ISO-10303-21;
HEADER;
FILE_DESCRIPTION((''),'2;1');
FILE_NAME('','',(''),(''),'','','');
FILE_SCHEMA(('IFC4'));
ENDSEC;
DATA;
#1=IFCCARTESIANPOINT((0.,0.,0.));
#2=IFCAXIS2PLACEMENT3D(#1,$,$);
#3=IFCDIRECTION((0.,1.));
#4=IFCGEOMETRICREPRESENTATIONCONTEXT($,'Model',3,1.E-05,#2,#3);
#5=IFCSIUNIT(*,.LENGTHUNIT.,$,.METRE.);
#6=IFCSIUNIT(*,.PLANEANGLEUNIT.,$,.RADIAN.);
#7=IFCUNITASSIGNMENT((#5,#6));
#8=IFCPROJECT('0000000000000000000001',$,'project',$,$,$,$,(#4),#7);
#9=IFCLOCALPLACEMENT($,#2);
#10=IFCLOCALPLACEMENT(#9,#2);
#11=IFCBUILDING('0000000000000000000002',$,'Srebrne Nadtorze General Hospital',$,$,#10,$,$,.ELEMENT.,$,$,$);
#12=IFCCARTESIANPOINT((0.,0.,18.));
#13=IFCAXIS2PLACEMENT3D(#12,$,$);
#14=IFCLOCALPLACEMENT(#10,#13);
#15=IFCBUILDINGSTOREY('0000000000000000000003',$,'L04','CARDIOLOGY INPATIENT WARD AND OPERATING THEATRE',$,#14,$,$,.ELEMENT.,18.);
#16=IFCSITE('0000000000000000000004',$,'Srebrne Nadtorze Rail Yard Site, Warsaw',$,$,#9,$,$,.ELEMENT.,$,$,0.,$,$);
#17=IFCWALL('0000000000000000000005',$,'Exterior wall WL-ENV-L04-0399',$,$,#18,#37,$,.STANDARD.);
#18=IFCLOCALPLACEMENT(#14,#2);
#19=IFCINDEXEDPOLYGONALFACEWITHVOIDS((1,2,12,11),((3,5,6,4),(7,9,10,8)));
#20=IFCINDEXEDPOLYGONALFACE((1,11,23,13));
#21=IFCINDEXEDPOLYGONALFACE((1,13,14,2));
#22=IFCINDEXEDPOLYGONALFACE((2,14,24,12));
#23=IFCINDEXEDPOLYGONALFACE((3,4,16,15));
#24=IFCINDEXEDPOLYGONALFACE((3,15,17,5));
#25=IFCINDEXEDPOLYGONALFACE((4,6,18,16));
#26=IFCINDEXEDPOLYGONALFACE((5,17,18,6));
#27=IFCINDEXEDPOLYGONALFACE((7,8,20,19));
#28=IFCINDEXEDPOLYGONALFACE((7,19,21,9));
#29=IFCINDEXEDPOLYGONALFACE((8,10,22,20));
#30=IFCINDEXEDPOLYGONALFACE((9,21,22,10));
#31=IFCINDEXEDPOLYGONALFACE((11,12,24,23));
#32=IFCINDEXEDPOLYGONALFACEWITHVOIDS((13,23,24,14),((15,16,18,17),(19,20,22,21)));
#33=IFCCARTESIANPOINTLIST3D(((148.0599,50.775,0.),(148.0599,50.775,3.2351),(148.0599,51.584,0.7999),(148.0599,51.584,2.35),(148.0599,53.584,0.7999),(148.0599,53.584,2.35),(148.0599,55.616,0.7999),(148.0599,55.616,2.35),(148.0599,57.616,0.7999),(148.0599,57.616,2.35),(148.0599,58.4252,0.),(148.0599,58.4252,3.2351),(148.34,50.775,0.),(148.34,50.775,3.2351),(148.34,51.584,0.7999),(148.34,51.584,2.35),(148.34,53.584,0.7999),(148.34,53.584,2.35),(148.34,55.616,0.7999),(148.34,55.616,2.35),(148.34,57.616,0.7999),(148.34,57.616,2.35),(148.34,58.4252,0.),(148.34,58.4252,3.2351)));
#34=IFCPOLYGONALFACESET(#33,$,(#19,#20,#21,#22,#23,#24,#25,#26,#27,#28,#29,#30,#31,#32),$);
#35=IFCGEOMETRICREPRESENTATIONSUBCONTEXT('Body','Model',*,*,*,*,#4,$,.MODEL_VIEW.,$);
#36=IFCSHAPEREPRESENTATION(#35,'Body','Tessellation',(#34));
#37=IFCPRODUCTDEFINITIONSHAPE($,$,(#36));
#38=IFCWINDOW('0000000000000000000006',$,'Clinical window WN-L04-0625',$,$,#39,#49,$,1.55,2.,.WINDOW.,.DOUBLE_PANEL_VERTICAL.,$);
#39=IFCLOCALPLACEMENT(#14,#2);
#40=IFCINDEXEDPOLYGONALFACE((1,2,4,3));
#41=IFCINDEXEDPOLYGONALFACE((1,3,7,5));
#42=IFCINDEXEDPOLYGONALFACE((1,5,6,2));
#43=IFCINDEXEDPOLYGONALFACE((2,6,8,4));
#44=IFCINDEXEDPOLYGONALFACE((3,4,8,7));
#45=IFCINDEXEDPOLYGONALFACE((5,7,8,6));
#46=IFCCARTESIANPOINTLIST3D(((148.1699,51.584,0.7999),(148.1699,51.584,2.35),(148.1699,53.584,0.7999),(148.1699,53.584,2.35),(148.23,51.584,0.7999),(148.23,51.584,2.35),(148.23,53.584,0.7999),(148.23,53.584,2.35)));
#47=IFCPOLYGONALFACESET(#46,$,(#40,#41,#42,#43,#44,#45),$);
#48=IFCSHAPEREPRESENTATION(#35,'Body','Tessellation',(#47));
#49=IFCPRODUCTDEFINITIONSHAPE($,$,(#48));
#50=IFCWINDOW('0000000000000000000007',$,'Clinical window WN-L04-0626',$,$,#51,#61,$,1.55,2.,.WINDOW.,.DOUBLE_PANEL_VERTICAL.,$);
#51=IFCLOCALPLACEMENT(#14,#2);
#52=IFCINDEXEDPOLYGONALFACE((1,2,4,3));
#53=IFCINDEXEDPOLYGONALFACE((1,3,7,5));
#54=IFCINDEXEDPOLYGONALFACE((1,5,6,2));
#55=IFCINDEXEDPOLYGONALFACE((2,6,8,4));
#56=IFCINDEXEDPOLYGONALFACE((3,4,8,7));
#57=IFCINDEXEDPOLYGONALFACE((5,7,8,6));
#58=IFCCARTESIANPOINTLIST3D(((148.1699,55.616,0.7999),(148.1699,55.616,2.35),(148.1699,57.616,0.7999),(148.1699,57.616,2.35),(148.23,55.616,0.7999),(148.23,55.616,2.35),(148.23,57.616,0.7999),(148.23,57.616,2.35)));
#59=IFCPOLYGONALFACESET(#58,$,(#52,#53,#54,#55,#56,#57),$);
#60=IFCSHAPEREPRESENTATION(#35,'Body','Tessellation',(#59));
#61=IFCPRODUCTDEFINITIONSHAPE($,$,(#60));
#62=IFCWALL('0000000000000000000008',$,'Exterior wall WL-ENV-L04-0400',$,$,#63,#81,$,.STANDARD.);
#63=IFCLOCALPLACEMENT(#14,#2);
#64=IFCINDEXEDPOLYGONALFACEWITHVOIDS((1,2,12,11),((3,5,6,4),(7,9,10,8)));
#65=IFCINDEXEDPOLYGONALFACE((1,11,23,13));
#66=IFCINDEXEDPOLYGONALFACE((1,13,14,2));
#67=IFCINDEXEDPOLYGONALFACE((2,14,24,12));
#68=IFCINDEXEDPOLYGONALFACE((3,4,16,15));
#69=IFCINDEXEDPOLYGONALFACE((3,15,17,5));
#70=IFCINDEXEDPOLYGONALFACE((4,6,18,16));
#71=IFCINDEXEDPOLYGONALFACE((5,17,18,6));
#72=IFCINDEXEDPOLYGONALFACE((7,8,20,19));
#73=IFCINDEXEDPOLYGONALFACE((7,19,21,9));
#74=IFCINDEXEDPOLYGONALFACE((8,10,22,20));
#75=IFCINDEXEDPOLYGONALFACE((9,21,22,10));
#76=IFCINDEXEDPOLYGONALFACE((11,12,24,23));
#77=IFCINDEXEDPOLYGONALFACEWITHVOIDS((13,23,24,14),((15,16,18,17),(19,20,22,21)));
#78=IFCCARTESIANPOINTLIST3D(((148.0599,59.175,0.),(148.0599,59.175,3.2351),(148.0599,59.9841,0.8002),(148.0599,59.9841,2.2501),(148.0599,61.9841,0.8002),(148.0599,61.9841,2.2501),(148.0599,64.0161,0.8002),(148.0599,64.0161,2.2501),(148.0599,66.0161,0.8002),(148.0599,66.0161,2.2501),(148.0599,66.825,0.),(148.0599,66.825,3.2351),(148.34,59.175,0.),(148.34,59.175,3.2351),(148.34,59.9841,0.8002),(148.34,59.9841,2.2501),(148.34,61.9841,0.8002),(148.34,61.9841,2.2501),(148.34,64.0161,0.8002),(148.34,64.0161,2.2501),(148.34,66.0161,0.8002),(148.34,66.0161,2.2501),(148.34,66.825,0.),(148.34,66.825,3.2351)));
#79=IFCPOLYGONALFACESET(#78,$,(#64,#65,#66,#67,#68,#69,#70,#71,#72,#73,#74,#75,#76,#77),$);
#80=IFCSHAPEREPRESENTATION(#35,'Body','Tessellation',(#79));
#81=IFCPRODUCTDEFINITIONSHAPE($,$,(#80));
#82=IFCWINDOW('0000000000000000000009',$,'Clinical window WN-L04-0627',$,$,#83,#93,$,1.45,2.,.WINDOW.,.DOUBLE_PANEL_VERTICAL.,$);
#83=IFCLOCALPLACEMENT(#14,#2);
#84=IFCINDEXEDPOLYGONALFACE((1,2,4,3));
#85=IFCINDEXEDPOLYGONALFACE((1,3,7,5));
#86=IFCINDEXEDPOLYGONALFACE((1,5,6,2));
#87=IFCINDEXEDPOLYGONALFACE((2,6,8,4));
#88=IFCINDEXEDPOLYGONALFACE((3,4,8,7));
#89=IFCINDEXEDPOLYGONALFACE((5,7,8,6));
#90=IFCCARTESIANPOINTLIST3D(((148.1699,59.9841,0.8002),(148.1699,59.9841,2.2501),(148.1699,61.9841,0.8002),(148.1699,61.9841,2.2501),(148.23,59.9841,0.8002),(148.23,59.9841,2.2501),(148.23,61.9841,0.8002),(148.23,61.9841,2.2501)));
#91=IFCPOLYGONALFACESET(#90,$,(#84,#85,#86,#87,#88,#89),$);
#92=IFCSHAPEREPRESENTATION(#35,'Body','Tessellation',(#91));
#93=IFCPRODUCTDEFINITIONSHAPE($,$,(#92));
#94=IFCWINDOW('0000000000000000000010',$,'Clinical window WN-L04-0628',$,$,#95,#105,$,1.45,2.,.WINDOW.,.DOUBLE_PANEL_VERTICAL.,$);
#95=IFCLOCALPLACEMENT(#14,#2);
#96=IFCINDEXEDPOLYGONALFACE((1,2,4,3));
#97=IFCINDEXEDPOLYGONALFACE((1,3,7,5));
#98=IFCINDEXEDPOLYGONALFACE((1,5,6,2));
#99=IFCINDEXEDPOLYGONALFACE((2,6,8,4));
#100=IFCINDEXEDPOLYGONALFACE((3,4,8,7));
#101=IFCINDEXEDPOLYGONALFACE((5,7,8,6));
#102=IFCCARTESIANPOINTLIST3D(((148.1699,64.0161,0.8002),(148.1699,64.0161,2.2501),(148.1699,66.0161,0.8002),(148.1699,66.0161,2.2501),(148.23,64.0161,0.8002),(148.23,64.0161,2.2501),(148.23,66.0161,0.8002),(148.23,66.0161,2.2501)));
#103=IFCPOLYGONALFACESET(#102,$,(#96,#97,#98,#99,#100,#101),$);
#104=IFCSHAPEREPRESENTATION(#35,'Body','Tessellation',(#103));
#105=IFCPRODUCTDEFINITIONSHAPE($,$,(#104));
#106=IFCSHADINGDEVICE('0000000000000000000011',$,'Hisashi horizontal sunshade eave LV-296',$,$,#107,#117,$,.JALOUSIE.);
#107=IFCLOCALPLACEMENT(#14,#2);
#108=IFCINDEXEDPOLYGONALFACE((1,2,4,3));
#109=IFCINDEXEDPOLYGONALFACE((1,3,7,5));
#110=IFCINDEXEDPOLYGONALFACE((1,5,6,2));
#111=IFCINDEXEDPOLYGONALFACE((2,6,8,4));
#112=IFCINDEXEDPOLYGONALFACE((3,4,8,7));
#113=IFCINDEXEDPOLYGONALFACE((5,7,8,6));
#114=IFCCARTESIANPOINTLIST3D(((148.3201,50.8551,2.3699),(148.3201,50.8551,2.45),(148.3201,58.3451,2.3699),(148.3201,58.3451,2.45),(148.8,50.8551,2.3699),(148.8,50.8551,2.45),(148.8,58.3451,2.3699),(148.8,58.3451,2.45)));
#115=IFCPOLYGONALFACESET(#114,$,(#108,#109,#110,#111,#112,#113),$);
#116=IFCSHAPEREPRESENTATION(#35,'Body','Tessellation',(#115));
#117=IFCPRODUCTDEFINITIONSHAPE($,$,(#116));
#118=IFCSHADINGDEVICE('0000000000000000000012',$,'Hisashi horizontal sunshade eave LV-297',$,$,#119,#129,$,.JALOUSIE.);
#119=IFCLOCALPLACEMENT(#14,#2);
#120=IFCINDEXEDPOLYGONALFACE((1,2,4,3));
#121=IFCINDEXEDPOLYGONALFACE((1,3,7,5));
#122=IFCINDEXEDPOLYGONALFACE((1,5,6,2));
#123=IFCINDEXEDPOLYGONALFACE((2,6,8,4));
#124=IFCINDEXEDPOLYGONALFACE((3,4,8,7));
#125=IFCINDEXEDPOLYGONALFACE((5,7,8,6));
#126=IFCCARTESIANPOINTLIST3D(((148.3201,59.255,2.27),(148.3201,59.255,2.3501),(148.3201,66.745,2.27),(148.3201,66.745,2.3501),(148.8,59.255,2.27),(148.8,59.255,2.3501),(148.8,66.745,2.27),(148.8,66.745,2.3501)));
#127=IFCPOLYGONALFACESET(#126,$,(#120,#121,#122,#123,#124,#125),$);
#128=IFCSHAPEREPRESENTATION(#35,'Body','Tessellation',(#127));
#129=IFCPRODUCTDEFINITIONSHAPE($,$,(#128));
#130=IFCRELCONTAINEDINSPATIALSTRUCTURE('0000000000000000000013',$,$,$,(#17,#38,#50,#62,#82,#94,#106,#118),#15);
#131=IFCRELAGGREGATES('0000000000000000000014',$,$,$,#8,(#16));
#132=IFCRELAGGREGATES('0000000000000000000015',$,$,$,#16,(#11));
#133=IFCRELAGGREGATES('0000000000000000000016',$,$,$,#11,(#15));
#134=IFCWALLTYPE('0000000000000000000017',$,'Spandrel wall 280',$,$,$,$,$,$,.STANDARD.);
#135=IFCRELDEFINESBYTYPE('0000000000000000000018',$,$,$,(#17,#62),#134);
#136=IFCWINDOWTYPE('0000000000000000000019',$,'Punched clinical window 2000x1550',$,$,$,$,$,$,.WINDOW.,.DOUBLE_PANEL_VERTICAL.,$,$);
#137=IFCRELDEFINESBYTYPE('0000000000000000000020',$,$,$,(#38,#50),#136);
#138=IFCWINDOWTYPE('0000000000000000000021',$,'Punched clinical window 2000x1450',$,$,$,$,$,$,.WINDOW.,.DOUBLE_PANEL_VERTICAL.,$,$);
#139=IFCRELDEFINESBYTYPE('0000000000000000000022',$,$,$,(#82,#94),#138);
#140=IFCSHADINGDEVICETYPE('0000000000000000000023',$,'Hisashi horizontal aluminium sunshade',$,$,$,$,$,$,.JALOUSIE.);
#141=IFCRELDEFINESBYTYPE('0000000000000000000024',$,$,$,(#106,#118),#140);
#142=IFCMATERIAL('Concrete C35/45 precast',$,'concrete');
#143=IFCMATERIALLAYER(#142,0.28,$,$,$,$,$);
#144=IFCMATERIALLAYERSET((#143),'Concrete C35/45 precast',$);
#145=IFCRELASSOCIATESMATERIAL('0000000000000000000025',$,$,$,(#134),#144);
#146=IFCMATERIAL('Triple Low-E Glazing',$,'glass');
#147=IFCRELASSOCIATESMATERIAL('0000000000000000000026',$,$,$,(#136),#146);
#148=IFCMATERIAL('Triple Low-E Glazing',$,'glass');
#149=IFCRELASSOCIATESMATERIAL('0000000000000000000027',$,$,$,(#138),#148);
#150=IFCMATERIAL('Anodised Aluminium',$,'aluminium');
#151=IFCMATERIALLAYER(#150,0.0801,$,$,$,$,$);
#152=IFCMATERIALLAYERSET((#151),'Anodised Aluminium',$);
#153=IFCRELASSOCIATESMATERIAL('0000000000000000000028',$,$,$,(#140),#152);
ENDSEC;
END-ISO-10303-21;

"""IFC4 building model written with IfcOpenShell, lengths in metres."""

from ifc_helpers import new_model, si_unit, direction, frame, frame_2d, origin, origin_2d, place, context, subcontext, project, spatial, rectangle, extrude, material, layer, layer_set, type_object, element, fill, save


model = new_model("IFC4")

# Units and contexts
model_context = context("Model", 3, precision=1e-05, world=origin(), true_north=direction((0.0, 1.0)))
body_context = subcontext(model_context, "Body", "Model", "MODEL_VIEW")
ifc_project = project(units=[si_unit("LENGTHUNIT", "METRE"), si_unit("PLANEANGLEUNIT", "RADIAN")], contexts=[model_context])

# Site, building, storey
site_placement = place(None, origin())
site = spatial("IfcSite", under=ifc_project, at=site_placement, Name="Srebrne Nadtorze Rail Yard Site, Warsaw", CompositionType="ELEMENT", RefElevation=0.0)
building_placement = place(site_placement, origin())
building = spatial("IfcBuilding", under=site, at=building_placement, Name="Srebrne Nadtorze General Hospital", CompositionType="ELEMENT")
storey_placement = place(building_placement, frame((0.0, 0.0, 18.0)))
storey = spatial("IfcBuildingStorey", under=building, at=storey_placement, Name="L04", Description="CARDIOLOGY INPATIENT WARD AND OPERATING THEATRE", CompositionType="ELEMENT", Elevation=18.0)

# Walls, openings, windows
ifc_material_1 = material(Name="Concrete C35/45 precast", Category="concrete")
ifc_layer_1 = layer(ifc_material_1, 0.28)
ifc_layer_set_1 = layer_set([ifc_layer_1], Name="Concrete C35/45 precast")
wall_type_1 = type_object("IfcWallType", Name="Spandrel wall 280", PredefinedType="STANDARD", material=ifc_layer_set_1)
wall_1_placement = place(storey_placement, frame((148.2, 50.7749, 0.0), z_axis=(0.0, 0.0, 1.0), x_axis=(0.0, 1.0, 0.0)))
wall_1 = element("IfcWall", 1, at=wall_1_placement, inside=storey, type_object=wall_type_1, Name="Exterior wall WL-ENV-L04-0399", PredefinedType="STANDARD", context=body_context, shape_type="SweptSolid", body=[
    extrude(rectangle(XDim=7.6501, YDim=0.28, at=frame_2d((3.8252, 0.0))), origin(), (0.0, 0.0, 1.0), 3.2351),
])
opening_1_placement = place(wall_1_placement, frame((0.8091, 0.0, 0.8)))
opening_1 = element("IfcOpeningElement", 2, at=opening_1_placement, cuts=wall_1, PredefinedType="OPENING", context=body_context, shape_type="SweptSolid", body=[
    extrude(rectangle(XDim=2.0, YDim=1.55, at=frame_2d((1.0, 0.7749))), frame((0.0, 0.1519, 0.0), z_axis=(0.0, -1.0, 0.0), x_axis=(1.0, 0.0, 0.0)), (0.0, 0.0, 1.0), 0.304),
])
opening_2_placement = place(wall_1_placement, frame((4.8411, 0.0, 0.8)))
opening_2 = element("IfcOpeningElement", 3, at=opening_2_placement, cuts=wall_1, PredefinedType="OPENING", context=body_context, shape_type="SweptSolid", body=[
    extrude(rectangle(XDim=2.0, YDim=1.55, at=frame_2d((1.0, 0.7749))), frame((0.0, 0.1519, 0.0), z_axis=(0.0, -1.0, 0.0), x_axis=(1.0, 0.0, 0.0)), (0.0, 0.0, 1.0), 0.304),
])
ifc_material_2 = material(Name="Triple Low-E Glazing", Category="glass")
window_type_1 = type_object("IfcWindowType", Name="Punched clinical window 2000x1550", PartitioningType="DOUBLE_PANEL_VERTICAL", PredefinedType="WINDOW", material=ifc_material_2)
window_1_placement = place(opening_1_placement, origin())
window_1 = element("IfcWindow", 4, at=window_1_placement, inside=storey, type_object=window_type_1, Name="Clinical window WN-L04-0625", OverallHeight=1.55, OverallWidth=2.0, PartitioningType="DOUBLE_PANEL_VERTICAL", PredefinedType="WINDOW", context=body_context, shape_type="SweptSolid", body=[
    extrude(rectangle(XDim=2.0, YDim=1.55, at=frame_2d((1.0, 0.7749))), frame((0.0, 0.03, 0.0), z_axis=(0.0, -1.0, 0.0), x_axis=(1.0, 0.0, 0.0)), (0.0, 0.0, 1.0), 0.0601),
])
fill(opening_1, window_1)
window_2_placement = place(opening_2_placement, origin())
window_2 = element("IfcWindow", 5, at=window_2_placement, inside=storey, type_object=window_type_1, Name="Clinical window WN-L04-0626", OverallHeight=1.55, OverallWidth=2.0, PartitioningType="DOUBLE_PANEL_VERTICAL", PredefinedType="WINDOW", context=body_context, shape_type="SweptSolid", body=[
    extrude(rectangle(XDim=2.0, YDim=1.55, at=frame_2d((1.0, 0.7749))), frame((0.0, 0.03, 0.0), z_axis=(0.0, -1.0, 0.0), x_axis=(1.0, 0.0, 0.0)), (0.0, 0.0, 1.0), 0.0601),
])
fill(opening_2, window_2)
wall_2_placement = place(storey_placement, frame((148.2, 59.175, 0.0), z_axis=(0.0, 0.0, 1.0), x_axis=(0.0, 1.0, 0.0)))
wall_2 = element("IfcWall", 6, at=wall_2_placement, inside=storey, type_object=wall_type_1, Name="Exterior wall WL-ENV-L04-0400", PredefinedType="STANDARD", context=body_context, shape_type="SweptSolid", body=[
    extrude(rectangle(XDim=7.6499, YDim=0.28, at=frame_2d((3.825, 0.0))), origin(), (0.0, 0.0, 1.0), 3.2351),
])
opening_3_placement = place(wall_2_placement, frame((0.8091, 0.0, 0.8)))
opening_3 = element("IfcOpeningElement", 7, at=opening_3_placement, cuts=wall_2, PredefinedType="OPENING", context=body_context, shape_type="SweptSolid", body=[
    extrude(rectangle(XDim=2.0, YDim=1.45, at=frame_2d((1.0, 0.7251))), frame((0.0, 0.1519, 0.0), z_axis=(0.0, -1.0, 0.0), x_axis=(1.0, 0.0, 0.0)), (0.0, 0.0, 1.0), 0.304),
])
opening_4_placement = place(wall_2_placement, frame((4.8411, 0.0, 0.8)))
opening_4 = element("IfcOpeningElement", 8, at=opening_4_placement, cuts=wall_2, PredefinedType="OPENING", context=body_context, shape_type="SweptSolid", body=[
    extrude(rectangle(XDim=2.0, YDim=1.45, at=frame_2d((1.0, 0.7251))), frame((0.0, 0.1519, 0.0), z_axis=(0.0, -1.0, 0.0), x_axis=(1.0, 0.0, 0.0)), (0.0, 0.0, 1.0), 0.304),
])
ifc_material_3 = material(Name="Triple Low-E Glazing", Category="glass")
window_type_2 = type_object("IfcWindowType", Name="Punched clinical window 2000x1450", PartitioningType="DOUBLE_PANEL_VERTICAL", PredefinedType="WINDOW", material=ifc_material_3)
window_3_placement = place(opening_3_placement, origin())
window_3 = element("IfcWindow", 9, at=window_3_placement, inside=storey, type_object=window_type_2, Name="Clinical window WN-L04-0627", OverallHeight=1.45, OverallWidth=2.0, PartitioningType="DOUBLE_PANEL_VERTICAL", PredefinedType="WINDOW", context=body_context, shape_type="SweptSolid", body=[
    extrude(rectangle(XDim=2.0, YDim=1.45, at=frame_2d((1.0, 0.7251))), frame((0.0, 0.03, 0.0), z_axis=(0.0, -1.0, 0.0), x_axis=(1.0, 0.0, 0.0)), (0.0, 0.0, 1.0), 0.0601),
])
fill(opening_3, window_3)
window_4_placement = place(opening_4_placement, origin())
window_4 = element("IfcWindow", 10, at=window_4_placement, inside=storey, type_object=window_type_2, Name="Clinical window WN-L04-0628", OverallHeight=1.45, OverallWidth=2.0, PartitioningType="DOUBLE_PANEL_VERTICAL", PredefinedType="WINDOW", context=body_context, shape_type="SweptSolid", body=[
    extrude(rectangle(XDim=2.0, YDim=1.45, at=frame_2d((1.0, 0.7251))), frame((0.0, 0.03, 0.0), z_axis=(0.0, -1.0, 0.0), x_axis=(1.0, 0.0, 0.0)), (0.0, 0.0, 1.0), 0.0601),
])
fill(opening_4, window_4)

# Shading devices
ifc_material_4 = material(Name="Anodised Aluminium", Category="aluminium")
ifc_layer_2 = layer(ifc_material_4, 0.0801)
ifc_layer_set_2 = layer_set([ifc_layer_2], Name="Anodised Aluminium")
shading_device_type = type_object("IfcShadingDeviceType", Name="Hisashi horizontal aluminium sunshade", PredefinedType="JALOUSIE", material=ifc_layer_set_2)
for number, where, z_axis, x_axis, name in (
    (11, (148.5601, 54.6001, 2.3699), (0.0, 0.0, 1.0), (1.0, 0.0, 0.0), "Hisashi horizontal sunshade eave LV-296"),
    (12, (148.5601, 63.0, 2.27), (0.0, 0.0, 1.0), (1.0, 0.0, 0.0), "Hisashi horizontal sunshade eave LV-297"),
):
    element("IfcShadingDevice", number, at=place(storey_placement, frame(where, z_axis=z_axis, x_axis=x_axis)), inside=storey, type_object=shading_device_type, Name=name, PredefinedType="JALOUSIE", context=body_context, shape_type="SweptSolid", body=[
        extrude(rectangle(XDim=0.48, YDim=7.49, at=origin_2d()), origin(), (0.0, 0.0, 1.0), 0.0801),
    ])

save(model, "model.ifc")
